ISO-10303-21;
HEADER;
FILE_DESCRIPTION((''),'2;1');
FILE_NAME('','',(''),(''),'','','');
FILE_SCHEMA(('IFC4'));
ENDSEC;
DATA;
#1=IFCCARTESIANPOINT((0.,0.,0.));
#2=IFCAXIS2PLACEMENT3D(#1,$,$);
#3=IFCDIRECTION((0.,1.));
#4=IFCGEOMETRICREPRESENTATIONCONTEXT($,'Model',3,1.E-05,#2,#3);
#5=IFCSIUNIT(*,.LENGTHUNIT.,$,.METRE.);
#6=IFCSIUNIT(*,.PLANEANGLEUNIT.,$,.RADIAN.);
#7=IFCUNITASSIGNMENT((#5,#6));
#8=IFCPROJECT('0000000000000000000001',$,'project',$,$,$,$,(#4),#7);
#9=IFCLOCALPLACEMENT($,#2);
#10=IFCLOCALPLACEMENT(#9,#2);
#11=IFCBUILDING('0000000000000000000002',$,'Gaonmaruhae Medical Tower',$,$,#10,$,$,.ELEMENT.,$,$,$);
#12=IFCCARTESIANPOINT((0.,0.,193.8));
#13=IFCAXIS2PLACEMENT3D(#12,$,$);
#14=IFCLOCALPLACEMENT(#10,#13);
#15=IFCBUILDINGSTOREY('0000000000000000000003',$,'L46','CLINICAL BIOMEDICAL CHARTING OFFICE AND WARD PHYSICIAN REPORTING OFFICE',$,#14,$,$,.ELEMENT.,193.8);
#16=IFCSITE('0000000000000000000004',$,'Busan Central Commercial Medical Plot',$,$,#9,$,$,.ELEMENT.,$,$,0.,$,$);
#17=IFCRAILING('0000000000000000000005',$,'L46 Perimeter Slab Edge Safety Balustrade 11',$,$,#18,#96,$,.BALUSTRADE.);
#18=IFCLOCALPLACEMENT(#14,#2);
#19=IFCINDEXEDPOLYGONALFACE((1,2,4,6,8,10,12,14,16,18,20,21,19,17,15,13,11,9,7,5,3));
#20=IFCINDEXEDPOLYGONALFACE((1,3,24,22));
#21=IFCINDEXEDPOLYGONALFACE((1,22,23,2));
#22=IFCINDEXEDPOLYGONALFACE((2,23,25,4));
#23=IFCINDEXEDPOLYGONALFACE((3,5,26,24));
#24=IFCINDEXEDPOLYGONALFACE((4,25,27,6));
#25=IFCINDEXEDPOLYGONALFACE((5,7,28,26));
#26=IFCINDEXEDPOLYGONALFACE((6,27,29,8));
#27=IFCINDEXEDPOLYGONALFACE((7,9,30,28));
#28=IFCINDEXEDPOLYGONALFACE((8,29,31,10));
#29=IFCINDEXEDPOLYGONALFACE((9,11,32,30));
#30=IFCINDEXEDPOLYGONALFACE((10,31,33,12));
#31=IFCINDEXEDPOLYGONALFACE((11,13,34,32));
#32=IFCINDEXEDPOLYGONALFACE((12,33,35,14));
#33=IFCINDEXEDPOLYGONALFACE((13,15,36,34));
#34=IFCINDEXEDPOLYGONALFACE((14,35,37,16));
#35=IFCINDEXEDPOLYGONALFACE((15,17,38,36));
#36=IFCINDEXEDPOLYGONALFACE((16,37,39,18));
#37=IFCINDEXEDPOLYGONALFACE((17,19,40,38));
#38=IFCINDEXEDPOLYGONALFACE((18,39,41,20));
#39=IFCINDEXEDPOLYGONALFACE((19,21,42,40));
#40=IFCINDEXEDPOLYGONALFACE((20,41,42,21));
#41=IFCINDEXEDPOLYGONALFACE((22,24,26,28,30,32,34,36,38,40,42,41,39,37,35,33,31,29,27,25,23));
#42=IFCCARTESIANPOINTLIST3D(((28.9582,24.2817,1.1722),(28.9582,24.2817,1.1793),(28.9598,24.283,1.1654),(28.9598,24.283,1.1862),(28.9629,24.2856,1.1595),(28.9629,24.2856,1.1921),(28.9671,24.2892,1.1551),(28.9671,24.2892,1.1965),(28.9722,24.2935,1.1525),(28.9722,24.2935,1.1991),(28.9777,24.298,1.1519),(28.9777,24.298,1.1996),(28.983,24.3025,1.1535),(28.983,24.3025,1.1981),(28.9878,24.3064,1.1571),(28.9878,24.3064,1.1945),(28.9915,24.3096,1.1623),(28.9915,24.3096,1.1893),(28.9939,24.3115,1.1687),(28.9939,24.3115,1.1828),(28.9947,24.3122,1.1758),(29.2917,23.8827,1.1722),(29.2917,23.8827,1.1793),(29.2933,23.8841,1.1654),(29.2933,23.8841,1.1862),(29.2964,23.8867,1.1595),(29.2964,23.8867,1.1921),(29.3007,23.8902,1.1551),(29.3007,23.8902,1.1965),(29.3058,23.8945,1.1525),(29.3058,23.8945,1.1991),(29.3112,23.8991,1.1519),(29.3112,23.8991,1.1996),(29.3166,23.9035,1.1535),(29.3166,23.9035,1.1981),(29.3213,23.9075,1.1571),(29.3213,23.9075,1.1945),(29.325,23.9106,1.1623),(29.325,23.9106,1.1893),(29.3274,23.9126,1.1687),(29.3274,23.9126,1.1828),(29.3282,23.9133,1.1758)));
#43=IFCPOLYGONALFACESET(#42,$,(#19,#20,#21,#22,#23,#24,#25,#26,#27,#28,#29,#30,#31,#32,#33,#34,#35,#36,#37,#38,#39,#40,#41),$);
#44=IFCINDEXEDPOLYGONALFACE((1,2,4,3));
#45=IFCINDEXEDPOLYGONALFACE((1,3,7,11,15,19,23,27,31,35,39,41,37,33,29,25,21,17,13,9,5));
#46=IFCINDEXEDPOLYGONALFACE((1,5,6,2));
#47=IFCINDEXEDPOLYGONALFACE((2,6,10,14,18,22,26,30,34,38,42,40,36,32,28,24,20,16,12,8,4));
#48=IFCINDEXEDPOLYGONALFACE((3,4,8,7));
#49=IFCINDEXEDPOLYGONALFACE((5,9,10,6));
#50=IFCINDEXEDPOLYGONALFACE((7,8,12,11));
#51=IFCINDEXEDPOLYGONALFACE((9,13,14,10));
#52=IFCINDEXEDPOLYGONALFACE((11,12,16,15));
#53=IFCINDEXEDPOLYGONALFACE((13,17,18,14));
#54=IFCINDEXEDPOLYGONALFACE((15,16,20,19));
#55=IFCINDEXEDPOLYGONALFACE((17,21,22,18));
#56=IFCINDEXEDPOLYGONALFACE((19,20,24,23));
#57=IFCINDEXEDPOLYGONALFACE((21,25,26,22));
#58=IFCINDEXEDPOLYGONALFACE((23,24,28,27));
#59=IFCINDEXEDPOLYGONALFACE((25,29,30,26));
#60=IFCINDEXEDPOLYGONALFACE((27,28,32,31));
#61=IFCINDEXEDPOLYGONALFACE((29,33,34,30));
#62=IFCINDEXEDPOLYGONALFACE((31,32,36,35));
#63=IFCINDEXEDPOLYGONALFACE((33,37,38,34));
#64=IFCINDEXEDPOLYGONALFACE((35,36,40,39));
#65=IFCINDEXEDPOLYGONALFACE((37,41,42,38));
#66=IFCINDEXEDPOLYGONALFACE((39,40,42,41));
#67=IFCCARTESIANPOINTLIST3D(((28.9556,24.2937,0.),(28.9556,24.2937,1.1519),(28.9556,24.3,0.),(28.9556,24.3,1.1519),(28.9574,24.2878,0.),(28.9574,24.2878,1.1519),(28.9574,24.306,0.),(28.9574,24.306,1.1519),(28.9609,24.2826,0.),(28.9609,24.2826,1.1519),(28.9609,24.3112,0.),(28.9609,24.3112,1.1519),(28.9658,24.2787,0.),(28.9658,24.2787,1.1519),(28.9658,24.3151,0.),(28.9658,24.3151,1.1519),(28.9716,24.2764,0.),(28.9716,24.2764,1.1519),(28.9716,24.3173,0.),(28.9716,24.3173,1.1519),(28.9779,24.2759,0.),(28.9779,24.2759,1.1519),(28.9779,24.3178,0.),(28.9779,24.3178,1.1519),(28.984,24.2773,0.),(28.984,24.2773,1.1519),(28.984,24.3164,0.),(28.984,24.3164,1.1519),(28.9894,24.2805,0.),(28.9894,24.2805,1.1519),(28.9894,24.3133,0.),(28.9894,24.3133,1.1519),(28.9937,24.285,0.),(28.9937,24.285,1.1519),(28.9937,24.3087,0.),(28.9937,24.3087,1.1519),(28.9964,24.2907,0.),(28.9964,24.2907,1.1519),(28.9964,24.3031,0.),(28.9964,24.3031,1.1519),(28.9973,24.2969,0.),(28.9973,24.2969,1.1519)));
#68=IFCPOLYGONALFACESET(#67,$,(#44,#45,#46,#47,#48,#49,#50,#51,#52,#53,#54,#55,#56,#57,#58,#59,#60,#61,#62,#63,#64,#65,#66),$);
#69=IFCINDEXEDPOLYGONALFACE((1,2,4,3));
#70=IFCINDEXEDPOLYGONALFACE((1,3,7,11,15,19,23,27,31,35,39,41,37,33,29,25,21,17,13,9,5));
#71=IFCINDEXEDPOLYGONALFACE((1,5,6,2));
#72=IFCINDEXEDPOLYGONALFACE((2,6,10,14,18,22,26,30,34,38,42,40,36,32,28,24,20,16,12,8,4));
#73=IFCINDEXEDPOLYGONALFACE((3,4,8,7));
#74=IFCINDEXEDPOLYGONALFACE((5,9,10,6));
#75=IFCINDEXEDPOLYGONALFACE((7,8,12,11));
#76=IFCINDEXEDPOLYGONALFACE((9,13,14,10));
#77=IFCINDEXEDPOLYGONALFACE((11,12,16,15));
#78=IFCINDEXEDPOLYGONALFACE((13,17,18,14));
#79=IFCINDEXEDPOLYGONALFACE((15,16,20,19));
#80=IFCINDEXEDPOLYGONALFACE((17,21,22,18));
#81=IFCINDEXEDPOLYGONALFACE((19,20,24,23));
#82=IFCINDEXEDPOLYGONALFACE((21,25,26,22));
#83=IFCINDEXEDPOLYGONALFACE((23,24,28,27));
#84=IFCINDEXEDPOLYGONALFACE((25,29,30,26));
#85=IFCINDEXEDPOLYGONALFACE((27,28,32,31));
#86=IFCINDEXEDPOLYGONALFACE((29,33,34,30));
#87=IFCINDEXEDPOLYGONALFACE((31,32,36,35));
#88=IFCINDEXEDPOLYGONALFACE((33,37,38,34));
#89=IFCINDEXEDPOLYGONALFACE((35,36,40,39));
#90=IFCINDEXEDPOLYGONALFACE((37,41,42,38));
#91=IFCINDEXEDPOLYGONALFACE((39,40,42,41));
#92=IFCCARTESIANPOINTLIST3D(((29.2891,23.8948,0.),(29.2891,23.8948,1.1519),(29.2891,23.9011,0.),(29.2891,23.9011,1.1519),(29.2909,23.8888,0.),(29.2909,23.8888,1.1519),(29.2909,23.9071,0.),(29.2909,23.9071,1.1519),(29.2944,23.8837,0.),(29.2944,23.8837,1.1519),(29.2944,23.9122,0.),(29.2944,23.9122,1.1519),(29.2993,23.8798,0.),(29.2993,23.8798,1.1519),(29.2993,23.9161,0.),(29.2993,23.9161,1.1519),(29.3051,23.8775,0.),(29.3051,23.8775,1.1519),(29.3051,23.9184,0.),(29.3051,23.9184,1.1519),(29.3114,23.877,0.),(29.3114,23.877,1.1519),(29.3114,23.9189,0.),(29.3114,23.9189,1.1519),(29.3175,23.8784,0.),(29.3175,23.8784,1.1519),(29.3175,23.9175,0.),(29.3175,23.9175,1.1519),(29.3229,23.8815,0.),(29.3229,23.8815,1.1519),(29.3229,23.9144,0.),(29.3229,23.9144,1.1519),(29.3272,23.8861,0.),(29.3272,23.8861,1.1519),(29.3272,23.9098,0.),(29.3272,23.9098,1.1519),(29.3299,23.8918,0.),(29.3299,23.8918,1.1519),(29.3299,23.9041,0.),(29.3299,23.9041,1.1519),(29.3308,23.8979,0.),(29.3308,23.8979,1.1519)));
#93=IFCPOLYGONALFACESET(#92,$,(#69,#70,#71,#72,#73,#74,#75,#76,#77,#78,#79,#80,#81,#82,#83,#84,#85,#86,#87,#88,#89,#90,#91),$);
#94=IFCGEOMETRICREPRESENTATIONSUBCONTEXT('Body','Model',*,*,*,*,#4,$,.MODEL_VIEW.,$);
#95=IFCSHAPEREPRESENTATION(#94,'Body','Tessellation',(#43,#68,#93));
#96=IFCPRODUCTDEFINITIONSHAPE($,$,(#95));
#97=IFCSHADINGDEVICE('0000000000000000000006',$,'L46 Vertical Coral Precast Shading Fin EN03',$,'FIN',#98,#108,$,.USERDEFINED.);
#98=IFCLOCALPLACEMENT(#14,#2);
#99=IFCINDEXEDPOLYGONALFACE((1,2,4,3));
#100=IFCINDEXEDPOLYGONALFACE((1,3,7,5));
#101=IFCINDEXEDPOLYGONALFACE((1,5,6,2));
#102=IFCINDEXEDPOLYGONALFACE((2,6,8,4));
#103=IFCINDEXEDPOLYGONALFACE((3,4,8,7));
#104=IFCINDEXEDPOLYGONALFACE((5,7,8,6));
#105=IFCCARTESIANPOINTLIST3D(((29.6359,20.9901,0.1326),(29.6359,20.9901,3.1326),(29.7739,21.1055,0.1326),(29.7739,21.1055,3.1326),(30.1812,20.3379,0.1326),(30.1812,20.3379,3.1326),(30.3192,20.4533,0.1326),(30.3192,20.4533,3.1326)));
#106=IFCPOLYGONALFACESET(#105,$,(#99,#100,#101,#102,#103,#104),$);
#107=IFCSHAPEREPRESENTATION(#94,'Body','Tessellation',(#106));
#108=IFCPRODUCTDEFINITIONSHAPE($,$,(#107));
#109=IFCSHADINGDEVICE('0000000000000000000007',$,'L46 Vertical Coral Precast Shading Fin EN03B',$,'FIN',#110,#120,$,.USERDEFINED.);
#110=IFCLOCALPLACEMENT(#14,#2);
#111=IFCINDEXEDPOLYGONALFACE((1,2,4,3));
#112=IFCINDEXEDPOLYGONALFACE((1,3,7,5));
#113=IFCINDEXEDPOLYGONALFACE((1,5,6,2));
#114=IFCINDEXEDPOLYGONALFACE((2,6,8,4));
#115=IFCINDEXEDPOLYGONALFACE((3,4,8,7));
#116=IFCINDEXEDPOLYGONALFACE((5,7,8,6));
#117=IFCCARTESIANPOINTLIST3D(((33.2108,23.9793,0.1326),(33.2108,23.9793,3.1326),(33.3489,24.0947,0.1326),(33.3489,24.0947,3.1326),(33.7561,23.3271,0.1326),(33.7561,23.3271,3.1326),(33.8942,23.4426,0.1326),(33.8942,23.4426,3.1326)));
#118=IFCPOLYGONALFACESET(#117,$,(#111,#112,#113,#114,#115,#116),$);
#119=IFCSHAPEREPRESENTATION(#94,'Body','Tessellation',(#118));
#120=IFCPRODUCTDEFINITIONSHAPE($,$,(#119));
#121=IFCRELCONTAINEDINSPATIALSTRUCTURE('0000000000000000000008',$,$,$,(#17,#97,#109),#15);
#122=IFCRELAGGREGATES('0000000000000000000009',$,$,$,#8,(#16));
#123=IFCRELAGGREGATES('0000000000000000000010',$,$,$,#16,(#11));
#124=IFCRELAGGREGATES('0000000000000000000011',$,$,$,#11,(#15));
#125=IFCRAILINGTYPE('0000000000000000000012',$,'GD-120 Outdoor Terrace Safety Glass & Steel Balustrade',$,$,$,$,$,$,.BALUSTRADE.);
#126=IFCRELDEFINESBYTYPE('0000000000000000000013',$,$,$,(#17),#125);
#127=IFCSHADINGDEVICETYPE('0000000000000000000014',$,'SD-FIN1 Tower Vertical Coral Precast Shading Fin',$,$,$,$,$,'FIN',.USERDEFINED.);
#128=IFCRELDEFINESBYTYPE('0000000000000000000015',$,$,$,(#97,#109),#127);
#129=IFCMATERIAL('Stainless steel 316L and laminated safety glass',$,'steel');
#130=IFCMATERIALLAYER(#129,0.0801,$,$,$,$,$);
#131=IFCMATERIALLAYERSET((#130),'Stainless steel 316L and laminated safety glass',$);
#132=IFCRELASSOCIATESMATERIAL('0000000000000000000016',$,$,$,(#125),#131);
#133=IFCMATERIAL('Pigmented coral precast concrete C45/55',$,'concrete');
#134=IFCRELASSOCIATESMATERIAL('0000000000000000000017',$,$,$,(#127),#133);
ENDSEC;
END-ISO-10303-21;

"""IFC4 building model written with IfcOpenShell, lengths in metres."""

from ifc_helpers import new_model, si_unit, direction, frame, origin, origin_2d, place, context, subcontext, project, spatial, rectangle, circle, extrude, material, layer, layer_set, type_object, element, save


model = new_model("IFC4")

# Units and contexts
model_context = context("Model", 3, precision=1e-05, world=origin(), true_north=direction((0.0, 1.0)))
body_context = subcontext(model_context, "Body", "Model", "MODEL_VIEW")
ifc_project = project(units=[si_unit("LENGTHUNIT", "METRE"), si_unit("PLANEANGLEUNIT", "RADIAN")], contexts=[model_context])

# Site, building, storey
site_placement = place(None, origin())
site = spatial("IfcSite", under=ifc_project, at=site_placement, Name="Busan Central Commercial Medical Plot", CompositionType="ELEMENT", RefElevation=0.0)
building_placement = place(site_placement, origin())
building = spatial("IfcBuilding", under=site, at=building_placement, Name="Gaonmaruhae Medical Tower", CompositionType="ELEMENT")
storey_placement = place(building_placement, frame((0.0, 0.0, 193.8)))
storey = spatial("IfcBuildingStorey", under=building, at=storey_placement, Name="L46", Description="CLINICAL BIOMEDICAL CHARTING OFFICE AND WARD PHYSICIAN REPORTING OFFICE", CompositionType="ELEMENT", Elevation=193.8)

# Railing
ifc_material_1 = material(Name="Stainless steel 316L and laminated safety glass", Category="steel")
ifc_layer_1 = layer(ifc_material_1, 0.0801)
ifc_layer_set_1 = layer_set([ifc_layer_1], Name="Stainless steel 316L and laminated safety glass")
railing_type = type_object("IfcRailingType", Name="GD-120 Outdoor Terrace Safety Glass & Steel Balustrade", PredefinedType="BALUSTRADE", material=ifc_layer_set_1)
railing_placement = place(storey_placement, frame((28.9763, 24.2969, 0.0)))
element("IfcRailing", 1, at=railing_placement, inside=storey, type_object=railing_type, Name="L46 Perimeter Slab Edge Safety Balustrade 11", PredefinedType="BALUSTRADE", context=body_context, shape_type="SweptSolid", body=[
    extrude(circle(Radius=0.0239, at=origin_2d()), frame((0.0, 0.0, 1.1758), z_axis=(0.641384, -0.76722, 0.0), x_axis=(0.76722, 0.641384, 0.0)), (0.0, 0.0, 1.0), 0.52),
    extrude(circle(Radius=0.021, at=origin_2d()), origin(), (0.0, 0.0, 1.0), 1.1519),
    extrude(circle(Radius=0.021, at=origin_2d()), frame((0.3335, -0.3989, 0.0)), (0.0, 0.0, 1.0), 1.1519),
])

# Shading devices
ifc_material_2 = material(Name="Pigmented coral precast concrete C45/55", Category="concrete")
shading_device_type = type_object("IfcShadingDeviceType", Name="SD-FIN1 Tower Vertical Coral Precast Shading Fin", ElementType="FIN", PredefinedType="USERDEFINED", material=ifc_material_2)
for number, where, z_axis, x_axis, name in (
    (2, (29.9775, 20.7217, 0.1326), (0.0, 0.0, 1.0), (0.767165, 0.64145, 0.0), "L46 Vertical Coral Precast Shading Fin EN03"),
    (3, (33.5525, 23.7109, 0.1326), (0.0, 0.0, 1.0), (0.767165, 0.64145, 0.0), "L46 Vertical Coral Precast Shading Fin EN03B"),
):
    element("IfcShadingDevice", number, at=place(storey_placement, frame(where, z_axis=z_axis, x_axis=x_axis)), inside=storey, type_object=shading_device_type, Name=name, ObjectType="FIN", PredefinedType="USERDEFINED", context=body_context, shape_type="SweptSolid", body=[
        extrude(rectangle(XDim=0.1799, YDim=0.8501, at=origin_2d()), origin(), (0.0, 0.0, 1.0), 3.0),
    ])

save(model, "model.ifc")
